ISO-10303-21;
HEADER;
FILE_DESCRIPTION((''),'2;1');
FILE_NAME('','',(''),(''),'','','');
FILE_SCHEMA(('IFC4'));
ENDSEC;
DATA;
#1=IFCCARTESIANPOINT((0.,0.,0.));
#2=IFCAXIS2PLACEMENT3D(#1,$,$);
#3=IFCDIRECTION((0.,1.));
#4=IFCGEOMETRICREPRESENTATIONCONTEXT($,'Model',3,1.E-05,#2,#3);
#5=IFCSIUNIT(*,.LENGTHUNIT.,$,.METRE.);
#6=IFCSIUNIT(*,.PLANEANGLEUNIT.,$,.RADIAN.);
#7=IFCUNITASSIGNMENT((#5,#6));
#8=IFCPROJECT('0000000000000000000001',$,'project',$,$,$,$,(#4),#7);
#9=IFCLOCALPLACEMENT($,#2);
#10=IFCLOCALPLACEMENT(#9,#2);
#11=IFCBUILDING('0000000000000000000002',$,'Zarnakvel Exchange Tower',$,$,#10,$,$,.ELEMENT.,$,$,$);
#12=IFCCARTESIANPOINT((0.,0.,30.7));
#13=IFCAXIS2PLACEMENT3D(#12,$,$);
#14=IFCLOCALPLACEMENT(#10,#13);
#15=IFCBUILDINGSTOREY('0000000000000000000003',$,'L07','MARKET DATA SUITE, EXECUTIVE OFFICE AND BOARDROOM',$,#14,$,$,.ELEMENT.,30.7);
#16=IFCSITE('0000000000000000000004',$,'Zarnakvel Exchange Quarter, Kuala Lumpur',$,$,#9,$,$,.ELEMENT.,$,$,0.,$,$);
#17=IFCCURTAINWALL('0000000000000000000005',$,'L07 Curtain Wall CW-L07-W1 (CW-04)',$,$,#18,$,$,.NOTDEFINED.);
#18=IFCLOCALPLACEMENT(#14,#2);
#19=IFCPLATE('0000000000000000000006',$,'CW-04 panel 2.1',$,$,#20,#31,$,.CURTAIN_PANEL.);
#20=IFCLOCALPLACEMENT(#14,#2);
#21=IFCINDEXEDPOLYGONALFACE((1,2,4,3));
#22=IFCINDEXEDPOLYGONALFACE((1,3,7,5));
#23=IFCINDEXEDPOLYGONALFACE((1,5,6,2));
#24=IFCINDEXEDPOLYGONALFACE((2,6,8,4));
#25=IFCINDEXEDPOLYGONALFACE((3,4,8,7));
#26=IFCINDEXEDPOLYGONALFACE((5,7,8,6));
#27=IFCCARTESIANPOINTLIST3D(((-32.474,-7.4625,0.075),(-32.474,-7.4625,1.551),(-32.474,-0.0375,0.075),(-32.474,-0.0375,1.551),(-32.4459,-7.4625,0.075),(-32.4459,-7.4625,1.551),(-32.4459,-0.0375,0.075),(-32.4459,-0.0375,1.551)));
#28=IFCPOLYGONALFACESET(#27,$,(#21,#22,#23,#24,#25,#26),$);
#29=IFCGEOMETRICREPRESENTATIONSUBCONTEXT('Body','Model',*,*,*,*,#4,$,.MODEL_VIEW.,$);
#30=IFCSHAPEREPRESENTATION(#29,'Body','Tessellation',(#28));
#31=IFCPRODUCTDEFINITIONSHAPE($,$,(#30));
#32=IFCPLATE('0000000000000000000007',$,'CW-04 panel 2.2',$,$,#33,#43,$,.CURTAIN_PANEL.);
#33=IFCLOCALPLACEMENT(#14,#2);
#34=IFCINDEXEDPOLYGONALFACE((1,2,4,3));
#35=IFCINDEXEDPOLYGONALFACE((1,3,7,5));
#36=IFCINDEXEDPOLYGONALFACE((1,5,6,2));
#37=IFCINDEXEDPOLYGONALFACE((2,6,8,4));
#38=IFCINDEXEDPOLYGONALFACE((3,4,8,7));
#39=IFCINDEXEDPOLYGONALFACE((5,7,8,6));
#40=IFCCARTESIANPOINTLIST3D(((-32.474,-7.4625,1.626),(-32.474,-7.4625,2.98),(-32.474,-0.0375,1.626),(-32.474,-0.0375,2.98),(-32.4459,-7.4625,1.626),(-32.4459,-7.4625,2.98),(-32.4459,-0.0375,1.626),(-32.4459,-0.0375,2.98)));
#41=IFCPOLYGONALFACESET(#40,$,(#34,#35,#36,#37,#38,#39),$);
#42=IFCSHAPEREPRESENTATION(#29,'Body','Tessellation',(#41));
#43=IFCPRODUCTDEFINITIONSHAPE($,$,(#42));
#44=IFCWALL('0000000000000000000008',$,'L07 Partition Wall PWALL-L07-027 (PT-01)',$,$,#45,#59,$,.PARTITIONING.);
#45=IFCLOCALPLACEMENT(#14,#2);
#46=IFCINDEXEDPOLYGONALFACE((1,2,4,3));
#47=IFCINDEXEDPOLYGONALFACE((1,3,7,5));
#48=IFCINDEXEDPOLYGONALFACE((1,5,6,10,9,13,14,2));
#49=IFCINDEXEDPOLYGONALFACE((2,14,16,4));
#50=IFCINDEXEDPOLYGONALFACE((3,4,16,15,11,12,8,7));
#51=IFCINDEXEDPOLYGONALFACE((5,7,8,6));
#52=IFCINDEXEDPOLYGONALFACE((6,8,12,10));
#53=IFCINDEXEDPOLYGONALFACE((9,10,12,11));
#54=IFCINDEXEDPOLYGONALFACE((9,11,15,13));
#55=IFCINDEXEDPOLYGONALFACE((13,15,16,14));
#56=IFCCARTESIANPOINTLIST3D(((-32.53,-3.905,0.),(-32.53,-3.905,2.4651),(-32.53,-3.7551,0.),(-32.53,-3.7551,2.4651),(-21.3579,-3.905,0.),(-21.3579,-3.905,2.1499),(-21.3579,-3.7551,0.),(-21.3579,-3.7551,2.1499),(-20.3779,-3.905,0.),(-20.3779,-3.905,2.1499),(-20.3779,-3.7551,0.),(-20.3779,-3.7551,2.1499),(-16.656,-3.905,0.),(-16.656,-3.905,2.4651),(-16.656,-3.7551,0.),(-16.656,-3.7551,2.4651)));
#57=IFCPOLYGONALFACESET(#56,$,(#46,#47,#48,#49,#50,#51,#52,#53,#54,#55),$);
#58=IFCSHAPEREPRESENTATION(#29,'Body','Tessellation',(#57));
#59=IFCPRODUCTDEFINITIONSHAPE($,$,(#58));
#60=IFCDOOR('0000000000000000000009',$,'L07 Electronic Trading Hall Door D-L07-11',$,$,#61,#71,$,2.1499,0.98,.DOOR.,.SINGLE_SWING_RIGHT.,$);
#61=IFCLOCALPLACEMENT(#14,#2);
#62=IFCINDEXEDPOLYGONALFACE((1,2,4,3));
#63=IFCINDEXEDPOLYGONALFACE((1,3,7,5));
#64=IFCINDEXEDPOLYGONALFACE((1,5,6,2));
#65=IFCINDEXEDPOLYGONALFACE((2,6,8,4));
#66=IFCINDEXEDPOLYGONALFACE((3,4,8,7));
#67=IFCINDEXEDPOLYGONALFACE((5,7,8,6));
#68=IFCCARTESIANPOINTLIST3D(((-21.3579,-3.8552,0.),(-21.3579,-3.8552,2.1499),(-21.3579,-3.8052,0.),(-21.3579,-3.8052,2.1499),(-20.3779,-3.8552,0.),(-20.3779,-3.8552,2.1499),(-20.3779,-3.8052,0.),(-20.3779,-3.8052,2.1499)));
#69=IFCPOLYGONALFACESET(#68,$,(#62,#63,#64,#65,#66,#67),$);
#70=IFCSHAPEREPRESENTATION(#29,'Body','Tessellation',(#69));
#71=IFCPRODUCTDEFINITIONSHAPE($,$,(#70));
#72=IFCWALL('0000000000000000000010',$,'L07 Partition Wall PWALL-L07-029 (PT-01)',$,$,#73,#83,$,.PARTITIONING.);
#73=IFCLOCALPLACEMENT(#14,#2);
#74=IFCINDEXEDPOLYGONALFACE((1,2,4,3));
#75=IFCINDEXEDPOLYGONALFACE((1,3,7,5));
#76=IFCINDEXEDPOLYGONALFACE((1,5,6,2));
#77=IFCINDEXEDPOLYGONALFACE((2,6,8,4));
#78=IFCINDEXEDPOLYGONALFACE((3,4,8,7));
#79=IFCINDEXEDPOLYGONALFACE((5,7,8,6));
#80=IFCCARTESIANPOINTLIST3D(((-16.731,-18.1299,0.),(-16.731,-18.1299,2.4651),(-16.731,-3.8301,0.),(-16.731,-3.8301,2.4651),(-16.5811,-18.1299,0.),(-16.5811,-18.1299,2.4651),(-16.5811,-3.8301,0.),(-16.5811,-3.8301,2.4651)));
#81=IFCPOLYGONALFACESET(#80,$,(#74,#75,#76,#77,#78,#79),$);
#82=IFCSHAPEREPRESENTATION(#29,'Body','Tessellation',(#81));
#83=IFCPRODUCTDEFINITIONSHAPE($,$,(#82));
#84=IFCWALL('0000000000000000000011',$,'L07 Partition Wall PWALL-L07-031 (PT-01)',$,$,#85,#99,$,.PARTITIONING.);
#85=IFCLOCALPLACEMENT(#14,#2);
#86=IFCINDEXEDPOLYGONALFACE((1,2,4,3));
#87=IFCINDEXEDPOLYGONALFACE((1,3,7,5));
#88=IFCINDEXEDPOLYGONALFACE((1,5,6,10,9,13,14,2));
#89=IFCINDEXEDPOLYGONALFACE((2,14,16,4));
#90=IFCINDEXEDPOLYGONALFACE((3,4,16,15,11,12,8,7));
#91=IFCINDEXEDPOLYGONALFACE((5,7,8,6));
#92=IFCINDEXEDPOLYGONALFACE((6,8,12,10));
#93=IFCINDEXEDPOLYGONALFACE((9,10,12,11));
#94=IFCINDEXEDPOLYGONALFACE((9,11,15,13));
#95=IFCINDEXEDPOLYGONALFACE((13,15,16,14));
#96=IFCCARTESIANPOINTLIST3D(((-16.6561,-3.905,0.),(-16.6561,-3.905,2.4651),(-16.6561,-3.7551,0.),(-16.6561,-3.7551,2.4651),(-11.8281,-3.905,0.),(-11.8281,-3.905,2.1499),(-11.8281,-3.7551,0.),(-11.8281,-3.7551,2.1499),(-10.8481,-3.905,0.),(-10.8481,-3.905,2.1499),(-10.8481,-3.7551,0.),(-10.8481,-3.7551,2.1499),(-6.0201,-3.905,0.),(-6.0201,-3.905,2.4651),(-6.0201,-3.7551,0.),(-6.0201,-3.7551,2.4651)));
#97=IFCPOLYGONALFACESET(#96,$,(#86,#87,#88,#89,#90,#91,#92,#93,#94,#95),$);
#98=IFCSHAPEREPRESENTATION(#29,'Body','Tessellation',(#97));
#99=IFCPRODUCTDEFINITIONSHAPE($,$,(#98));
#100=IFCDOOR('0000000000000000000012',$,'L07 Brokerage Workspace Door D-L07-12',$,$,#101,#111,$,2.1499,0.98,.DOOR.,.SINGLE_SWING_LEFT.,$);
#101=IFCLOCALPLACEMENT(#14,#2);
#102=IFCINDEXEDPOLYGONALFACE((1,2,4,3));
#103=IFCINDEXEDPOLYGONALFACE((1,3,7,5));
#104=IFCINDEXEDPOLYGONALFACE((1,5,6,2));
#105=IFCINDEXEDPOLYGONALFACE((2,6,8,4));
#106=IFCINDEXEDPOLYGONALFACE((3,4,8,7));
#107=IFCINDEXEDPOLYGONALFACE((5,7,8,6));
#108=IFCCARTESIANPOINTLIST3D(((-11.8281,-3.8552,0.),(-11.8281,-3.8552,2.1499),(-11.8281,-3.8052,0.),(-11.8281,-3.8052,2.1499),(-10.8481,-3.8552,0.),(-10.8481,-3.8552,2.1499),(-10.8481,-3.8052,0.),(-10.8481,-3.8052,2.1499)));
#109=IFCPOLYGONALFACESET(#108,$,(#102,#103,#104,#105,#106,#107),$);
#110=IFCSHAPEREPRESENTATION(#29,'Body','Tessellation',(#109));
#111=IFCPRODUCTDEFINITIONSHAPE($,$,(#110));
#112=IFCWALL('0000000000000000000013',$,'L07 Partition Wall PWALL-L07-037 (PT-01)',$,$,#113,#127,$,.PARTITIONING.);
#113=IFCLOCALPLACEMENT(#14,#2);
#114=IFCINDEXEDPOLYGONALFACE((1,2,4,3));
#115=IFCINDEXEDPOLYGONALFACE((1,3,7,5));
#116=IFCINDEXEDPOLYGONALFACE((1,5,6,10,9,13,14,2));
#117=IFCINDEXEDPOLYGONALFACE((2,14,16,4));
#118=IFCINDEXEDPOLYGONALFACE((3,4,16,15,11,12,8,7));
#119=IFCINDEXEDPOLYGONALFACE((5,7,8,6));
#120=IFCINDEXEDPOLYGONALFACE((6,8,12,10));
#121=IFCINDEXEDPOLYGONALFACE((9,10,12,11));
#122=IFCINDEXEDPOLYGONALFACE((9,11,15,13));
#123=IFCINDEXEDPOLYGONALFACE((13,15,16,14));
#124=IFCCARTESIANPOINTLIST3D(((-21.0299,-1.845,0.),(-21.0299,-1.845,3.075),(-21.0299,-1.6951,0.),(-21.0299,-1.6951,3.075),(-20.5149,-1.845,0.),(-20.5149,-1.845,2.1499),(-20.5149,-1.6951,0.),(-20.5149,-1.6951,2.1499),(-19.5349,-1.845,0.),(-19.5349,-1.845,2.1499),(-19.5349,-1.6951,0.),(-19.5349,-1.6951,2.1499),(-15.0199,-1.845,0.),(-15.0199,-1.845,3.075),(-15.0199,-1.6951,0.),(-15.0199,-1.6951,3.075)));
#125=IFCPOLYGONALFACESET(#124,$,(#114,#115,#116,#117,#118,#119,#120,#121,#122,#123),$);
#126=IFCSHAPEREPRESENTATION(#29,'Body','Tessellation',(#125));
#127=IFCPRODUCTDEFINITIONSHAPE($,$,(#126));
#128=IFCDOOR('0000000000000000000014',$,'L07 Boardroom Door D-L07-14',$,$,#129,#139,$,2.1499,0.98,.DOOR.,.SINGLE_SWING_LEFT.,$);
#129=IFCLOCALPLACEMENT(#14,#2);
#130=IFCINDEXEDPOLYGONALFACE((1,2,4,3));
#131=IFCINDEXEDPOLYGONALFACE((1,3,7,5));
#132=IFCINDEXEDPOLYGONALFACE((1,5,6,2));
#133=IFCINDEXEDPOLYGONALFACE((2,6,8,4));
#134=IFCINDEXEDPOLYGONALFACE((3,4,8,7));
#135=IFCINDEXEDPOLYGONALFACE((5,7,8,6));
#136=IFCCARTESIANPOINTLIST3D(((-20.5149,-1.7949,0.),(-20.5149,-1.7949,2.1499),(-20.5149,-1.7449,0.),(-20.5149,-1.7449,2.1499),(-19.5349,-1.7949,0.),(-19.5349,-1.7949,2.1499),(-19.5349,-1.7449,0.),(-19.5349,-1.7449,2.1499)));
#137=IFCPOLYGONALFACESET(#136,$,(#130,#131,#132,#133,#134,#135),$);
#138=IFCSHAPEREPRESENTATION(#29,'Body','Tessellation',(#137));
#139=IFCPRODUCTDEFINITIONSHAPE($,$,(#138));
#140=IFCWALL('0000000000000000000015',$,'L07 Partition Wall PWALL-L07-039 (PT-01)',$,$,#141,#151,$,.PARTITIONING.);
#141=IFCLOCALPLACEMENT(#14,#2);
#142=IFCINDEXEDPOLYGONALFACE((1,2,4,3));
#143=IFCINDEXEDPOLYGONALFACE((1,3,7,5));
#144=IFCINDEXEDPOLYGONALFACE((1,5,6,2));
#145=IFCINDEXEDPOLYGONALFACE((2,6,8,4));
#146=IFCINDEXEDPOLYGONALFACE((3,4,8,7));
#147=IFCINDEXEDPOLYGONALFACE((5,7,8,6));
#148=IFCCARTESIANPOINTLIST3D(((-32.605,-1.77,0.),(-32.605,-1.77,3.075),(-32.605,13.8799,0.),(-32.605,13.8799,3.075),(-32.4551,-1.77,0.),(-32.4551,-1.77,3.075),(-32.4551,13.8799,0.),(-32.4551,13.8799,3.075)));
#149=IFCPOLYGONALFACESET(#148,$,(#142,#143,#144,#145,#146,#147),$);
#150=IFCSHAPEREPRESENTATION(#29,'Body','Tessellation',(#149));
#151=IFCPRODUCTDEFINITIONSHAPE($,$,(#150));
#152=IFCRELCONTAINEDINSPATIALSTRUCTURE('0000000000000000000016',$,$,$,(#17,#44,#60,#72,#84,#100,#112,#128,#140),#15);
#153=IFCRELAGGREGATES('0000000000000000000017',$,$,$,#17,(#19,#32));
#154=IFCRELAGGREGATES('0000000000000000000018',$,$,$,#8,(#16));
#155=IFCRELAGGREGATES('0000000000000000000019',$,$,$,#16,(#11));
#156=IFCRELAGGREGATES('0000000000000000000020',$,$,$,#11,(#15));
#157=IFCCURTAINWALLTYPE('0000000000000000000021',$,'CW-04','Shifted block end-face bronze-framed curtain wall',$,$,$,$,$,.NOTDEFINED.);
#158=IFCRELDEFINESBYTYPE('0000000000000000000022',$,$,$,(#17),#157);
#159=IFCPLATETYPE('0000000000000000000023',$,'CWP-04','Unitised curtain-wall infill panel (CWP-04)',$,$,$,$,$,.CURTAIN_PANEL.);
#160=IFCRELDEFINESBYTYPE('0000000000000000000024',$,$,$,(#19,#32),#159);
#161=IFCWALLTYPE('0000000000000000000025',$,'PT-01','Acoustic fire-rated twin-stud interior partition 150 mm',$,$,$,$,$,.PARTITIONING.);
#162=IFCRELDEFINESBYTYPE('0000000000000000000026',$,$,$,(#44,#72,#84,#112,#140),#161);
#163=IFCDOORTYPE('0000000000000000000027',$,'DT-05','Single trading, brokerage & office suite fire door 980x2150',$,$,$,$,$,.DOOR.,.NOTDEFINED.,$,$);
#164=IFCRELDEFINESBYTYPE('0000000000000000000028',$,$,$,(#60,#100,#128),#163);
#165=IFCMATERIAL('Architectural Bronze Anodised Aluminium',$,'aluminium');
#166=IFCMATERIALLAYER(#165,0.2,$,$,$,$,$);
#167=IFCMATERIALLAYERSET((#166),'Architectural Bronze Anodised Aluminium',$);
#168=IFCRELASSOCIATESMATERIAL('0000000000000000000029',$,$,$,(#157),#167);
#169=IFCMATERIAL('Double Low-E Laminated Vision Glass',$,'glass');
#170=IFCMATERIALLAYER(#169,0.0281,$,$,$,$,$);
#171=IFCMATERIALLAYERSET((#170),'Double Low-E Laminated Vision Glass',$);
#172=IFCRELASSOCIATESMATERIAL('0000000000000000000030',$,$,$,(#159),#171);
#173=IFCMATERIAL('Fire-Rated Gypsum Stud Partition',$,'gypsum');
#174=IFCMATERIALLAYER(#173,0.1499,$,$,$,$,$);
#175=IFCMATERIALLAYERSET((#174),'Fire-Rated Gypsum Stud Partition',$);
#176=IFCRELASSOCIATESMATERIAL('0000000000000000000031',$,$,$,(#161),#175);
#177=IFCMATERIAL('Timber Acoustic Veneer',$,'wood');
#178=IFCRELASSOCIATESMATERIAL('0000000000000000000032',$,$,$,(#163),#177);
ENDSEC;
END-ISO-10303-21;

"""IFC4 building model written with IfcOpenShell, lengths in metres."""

from ifc_helpers import new_model, si_unit, direction, frame, frame_2d, origin, origin_2d, place, context, subcontext, project, spatial, rectangle, extrude, source, transform, mapped, material, layer, layer_set, type_object, element, fill, aggregate, save


model = new_model("IFC4")

# Units and contexts
model_context = context("Model", 3, precision=1e-05, world=origin(), true_north=direction((0.0, 1.0)))
body_context = subcontext(model_context, "Body", "Model", "MODEL_VIEW")
ifc_project = project(units=[si_unit("LENGTHUNIT", "METRE"), si_unit("PLANEANGLEUNIT", "RADIAN")], contexts=[model_context])

# Site, building, storey
site_placement = place(None, origin())
site = spatial("IfcSite", under=ifc_project, at=site_placement, Name="Zarnakvel Exchange Quarter, Kuala Lumpur", CompositionType="ELEMENT", RefElevation=0.0)
building_placement = place(site_placement, origin())
building = spatial("IfcBuilding", under=site, at=building_placement, Name="Zarnakvel Exchange Tower", CompositionType="ELEMENT")
storey_placement = place(building_placement, frame((0.0, 0.0, 30.7)))
storey = spatial("IfcBuildingStorey", under=building, at=storey_placement, Name="L07", Description="MARKET DATA SUITE, EXECUTIVE OFFICE AND BOARDROOM", CompositionType="ELEMENT", Elevation=30.7)

# Curtain wall, plates
ifc_material_1 = material(Name="Architectural Bronze Anodised Aluminium", Category="aluminium")
ifc_layer_1 = layer(ifc_material_1, 0.2)
ifc_layer_set_1 = layer_set([ifc_layer_1], Name="Architectural Bronze Anodised Aluminium")
curtain_wall_type = type_object("IfcCurtainWallType", Name="CW-04", Description="Shifted block end-face bronze-framed curtain wall", PredefinedType="NOTDEFINED", material=ifc_layer_set_1)
curtain_wall_placement = place(storey_placement, origin())
curtain_wall = element("IfcCurtainWall", 1, at=curtain_wall_placement, inside=storey, type_object=curtain_wall_type, Name="L07 Curtain Wall CW-L07-W1 (CW-04)", PredefinedType="NOTDEFINED")
ifc_material_2 = material(Name="Double Low-E Laminated Vision Glass", Category="glass")
ifc_layer_2 = layer(ifc_material_2, 0.0281)
ifc_layer_set_2 = layer_set([ifc_layer_2], Name="Double Low-E Laminated Vision Glass")
plate_type = type_object("IfcPlateType", Name="CWP-04", Description="Unitised curtain-wall infill panel (CWP-04)", PredefinedType="CURTAIN_PANEL", material=ifc_layer_set_2)
shared_shape_1 = source(origin(), body_context, "Body", "SweptSolid", [
    extrude(rectangle(XDim=7.425, YDim=0.0281, at=origin_2d()), origin(), (0.0, 0.0, 1.0), 1.4761),
])
plate_1_placement = place(storey_placement, frame((-32.46, -3.75, 0.075), z_axis=(0.0, 0.0, 1.0), x_axis=(0.0, 1.0, 0.0)))
plate_1 = element("IfcPlate", 2, at=plate_1_placement, type_object=plate_type, Name="CW-04 panel 2.1", PredefinedType="CURTAIN_PANEL", context=body_context, shape_type="MappedRepresentation", body=[
    mapped(shared_shape_1, transform((0.0, 0.0, 0.0), x_axis=(1.0, 0.0, 0.0), y_axis=(0.0, 1.0, 0.0), z_axis=(0.0, 0.0, 1.0), scale=1.0)),
])
shared_shape_2 = source(origin(), body_context, "Body", "SweptSolid", [
    extrude(rectangle(XDim=7.425, YDim=0.0281, at=origin_2d()), origin(), (0.0, 0.0, 1.0), 1.354),
])
plate_2_placement = place(storey_placement, frame((-32.46, -3.75, 1.626), z_axis=(0.0, 0.0, 1.0), x_axis=(0.0, 1.0, 0.0)))
plate_2 = element("IfcPlate", 3, at=plate_2_placement, type_object=plate_type, Name="CW-04 panel 2.2", PredefinedType="CURTAIN_PANEL", context=body_context, shape_type="MappedRepresentation", body=[
    mapped(shared_shape_2, transform((0.0, 0.0, 0.0), x_axis=(1.0, 0.0, 0.0), y_axis=(0.0, 1.0, 0.0), z_axis=(0.0, 0.0, 1.0), scale=1.0)),
])
aggregate(curtain_wall, [plate_1, plate_2])

# Wall, opening, door
ifc_material_3 = material(Name="Fire-Rated Gypsum Stud Partition", Category="gypsum")
ifc_layer_3 = layer(ifc_material_3, 0.1499)
ifc_layer_set_3 = layer_set([ifc_layer_3], Name="Fire-Rated Gypsum Stud Partition")
wall_type = type_object("IfcWallType", Name="PT-01", Description="Acoustic fire-rated twin-stud interior partition 150 mm", PredefinedType="PARTITIONING", material=ifc_layer_set_3)
wall_1_placement = place(storey_placement, frame((-32.53, -3.8301, 0.0), z_axis=(0.0, 0.0, 1.0), x_axis=(1.0, 0.0, 0.0)))
wall_1 = element("IfcWall", 4, at=wall_1_placement, inside=storey, type_object=wall_type, Name="L07 Partition Wall PWALL-L07-027 (PT-01)", PredefinedType="PARTITIONING", context=body_context, shape_type="SweptSolid", body=[
    extrude(rectangle(XDim=15.874, YDim=0.1499, at=frame_2d((7.937, 0.0))), origin(), (0.0, 0.0, 1.0), 2.4651),
])
opening_1_placement = place(wall_1_placement, frame((11.1721, 0.0, 0.0)))
opening_1 = element("IfcOpeningElement", 5, at=opening_1_placement, cuts=wall_1, PredefinedType="OPENING", context=body_context, shape_type="SweptSolid", body=[
    extrude(rectangle(XDim=0.98, YDim=2.1499, at=frame_2d((0.49, 1.075))), frame((0.0, 0.085, 0.0), z_axis=(0.0, -1.0, 0.0), x_axis=(1.0, 0.0, 0.0)), (0.0, 0.0, 1.0), 0.1699),
])
ifc_material_4 = material(Name="Timber Acoustic Veneer", Category="wood")
door_type = type_object("IfcDoorType", Name="DT-05", Description="Single trading, brokerage & office suite fire door 980x2150", OperationType="NOTDEFINED", PredefinedType="DOOR", material=ifc_material_4)
shared_shape_3 = source(origin(), body_context, "Body", "SweptSolid", [
    extrude(rectangle(XDim=0.98, YDim=2.1499, at=frame_2d((0.49, 1.075))), frame((0.0, 0.0249, 0.0), z_axis=(0.0, -1.0, 0.0), x_axis=(1.0, 0.0, 0.0)), (0.0, 0.0, 1.0), 0.05),
])
door_1_placement = place(opening_1_placement, origin())
door_1 = element("IfcDoor", 6, at=door_1_placement, inside=storey, type_object=door_type, Name="L07 Electronic Trading Hall Door D-L07-11", OperationType="SINGLE_SWING_RIGHT", OverallHeight=2.1499, OverallWidth=0.98, PredefinedType="DOOR", context=body_context, shape_type="MappedRepresentation", body=[
    mapped(shared_shape_3, transform((0.0, 0.0, 0.0), x_axis=(1.0, 0.0, 0.0), y_axis=(0.0, 1.0, 0.0), z_axis=(0.0, 0.0, 1.0), scale=1.0)),
])
fill(opening_1, door_1)

# Wall
wall_2_placement = place(storey_placement, frame((-16.656, -3.8301, 0.0), z_axis=(0.0, 0.0, 1.0), x_axis=(0.0, -1.0, 0.0)))
element("IfcWall", 7, at=wall_2_placement, inside=storey, type_object=wall_type, Name="L07 Partition Wall PWALL-L07-029 (PT-01)", PredefinedType="PARTITIONING", context=body_context, shape_type="SweptSolid", body=[
    extrude(rectangle(XDim=14.2998, YDim=0.1499, at=frame_2d((7.1499, 0.0))), origin(), (0.0, 0.0, 1.0), 2.4651),
])

# Walls, openings, doors
wall_3_placement = place(storey_placement, frame((-16.656, -3.8301, 0.0), z_axis=(0.0, 0.0, 1.0), x_axis=(1.0, 0.0, 0.0)))
wall_3 = element("IfcWall", 8, at=wall_3_placement, inside=storey, type_object=wall_type, Name="L07 Partition Wall PWALL-L07-031 (PT-01)", PredefinedType="PARTITIONING", context=body_context, shape_type="SweptSolid", body=[
    extrude(rectangle(XDim=10.636, YDim=0.1499, at=frame_2d((5.3179, 0.0))), origin(), (0.0, 0.0, 1.0), 2.4651),
])
opening_2_placement = place(wall_3_placement, frame((4.8279, 0.0, 0.0)))
opening_2 = element("IfcOpeningElement", 9, at=opening_2_placement, cuts=wall_3, PredefinedType="OPENING", context=body_context, shape_type="SweptSolid", body=[
    extrude(rectangle(XDim=0.98, YDim=2.1499, at=frame_2d((0.49, 1.075))), frame((0.0, 0.085, 0.0), z_axis=(0.0, -1.0, 0.0), x_axis=(1.0, 0.0, 0.0)), (0.0, 0.0, 1.0), 0.1699),
])
door_2_placement = place(opening_2_placement, origin())
door_2 = element("IfcDoor", 10, at=door_2_placement, inside=storey, type_object=door_type, Name="L07 Brokerage Workspace Door D-L07-12", OperationType="SINGLE_SWING_LEFT", OverallHeight=2.1499, OverallWidth=0.98, PredefinedType="DOOR", context=body_context, shape_type="MappedRepresentation", body=[
    mapped(shared_shape_3, transform((0.0, 0.0, 0.0), x_axis=(1.0, 0.0, 0.0), y_axis=(0.0, 1.0, 0.0), z_axis=(0.0, 0.0, 1.0), scale=1.0)),
])
fill(opening_2, door_2)
wall_4_placement = place(storey_placement, frame((-15.02, -1.77, 0.0), z_axis=(0.0, 0.0, 1.0), x_axis=(-1.0, 0.0, 0.0)))
wall_4 = element("IfcWall", 11, at=wall_4_placement, inside=storey, type_object=wall_type, Name="L07 Partition Wall PWALL-L07-037 (PT-01)", PredefinedType="PARTITIONING", context=body_context, shape_type="SweptSolid", body=[
    extrude(rectangle(XDim=6.01, YDim=0.1499, at=frame_2d((3.0049, 0.0))), origin(), (0.0, 0.0, 1.0), 3.075),
])
opening_3_placement = place(wall_4_placement, frame((4.5149, 0.0, 0.0)))
opening_3 = element("IfcOpeningElement", 12, at=opening_3_placement, cuts=wall_4, PredefinedType="OPENING", context=body_context, shape_type="SweptSolid", body=[
    extrude(rectangle(XDim=0.98, YDim=2.1499, at=frame_2d((0.49, 1.075))), frame((0.0, 0.085, 0.0), z_axis=(0.0, -1.0, 0.0), x_axis=(1.0, 0.0, 0.0)), (0.0, 0.0, 1.0), 0.1699),
])
door_3_placement = place(opening_3_placement, origin())
door_3 = element("IfcDoor", 13, at=door_3_placement, inside=storey, type_object=door_type, Name="L07 Boardroom Door D-L07-14", OperationType="SINGLE_SWING_LEFT", OverallHeight=2.1499, OverallWidth=0.98, PredefinedType="DOOR", context=body_context, shape_type="MappedRepresentation", body=[
    mapped(shared_shape_3, transform((0.0, 0.0, 0.0), x_axis=(1.0, 0.0, 0.0), y_axis=(0.0, 1.0, 0.0), z_axis=(0.0, 0.0, 1.0), scale=1.0)),
])
fill(opening_3, door_3)

# Wall
wall_5_placement = place(storey_placement, frame((-32.53, -1.77, 0.0), z_axis=(0.0, 0.0, 1.0), x_axis=(0.0, 1.0, 0.0)))
element("IfcWall", 14, at=wall_5_placement, inside=storey, type_object=wall_type, Name="L07 Partition Wall PWALL-L07-039 (PT-01)", PredefinedType="PARTITIONING", context=body_context, shape_type="SweptSolid", body=[
    extrude(rectangle(XDim=15.6499, YDim=0.1499, at=frame_2d((7.825, 0.0))), origin(), (0.0, 0.0, 1.0), 3.075),
])

save(model, "model.ifc")
